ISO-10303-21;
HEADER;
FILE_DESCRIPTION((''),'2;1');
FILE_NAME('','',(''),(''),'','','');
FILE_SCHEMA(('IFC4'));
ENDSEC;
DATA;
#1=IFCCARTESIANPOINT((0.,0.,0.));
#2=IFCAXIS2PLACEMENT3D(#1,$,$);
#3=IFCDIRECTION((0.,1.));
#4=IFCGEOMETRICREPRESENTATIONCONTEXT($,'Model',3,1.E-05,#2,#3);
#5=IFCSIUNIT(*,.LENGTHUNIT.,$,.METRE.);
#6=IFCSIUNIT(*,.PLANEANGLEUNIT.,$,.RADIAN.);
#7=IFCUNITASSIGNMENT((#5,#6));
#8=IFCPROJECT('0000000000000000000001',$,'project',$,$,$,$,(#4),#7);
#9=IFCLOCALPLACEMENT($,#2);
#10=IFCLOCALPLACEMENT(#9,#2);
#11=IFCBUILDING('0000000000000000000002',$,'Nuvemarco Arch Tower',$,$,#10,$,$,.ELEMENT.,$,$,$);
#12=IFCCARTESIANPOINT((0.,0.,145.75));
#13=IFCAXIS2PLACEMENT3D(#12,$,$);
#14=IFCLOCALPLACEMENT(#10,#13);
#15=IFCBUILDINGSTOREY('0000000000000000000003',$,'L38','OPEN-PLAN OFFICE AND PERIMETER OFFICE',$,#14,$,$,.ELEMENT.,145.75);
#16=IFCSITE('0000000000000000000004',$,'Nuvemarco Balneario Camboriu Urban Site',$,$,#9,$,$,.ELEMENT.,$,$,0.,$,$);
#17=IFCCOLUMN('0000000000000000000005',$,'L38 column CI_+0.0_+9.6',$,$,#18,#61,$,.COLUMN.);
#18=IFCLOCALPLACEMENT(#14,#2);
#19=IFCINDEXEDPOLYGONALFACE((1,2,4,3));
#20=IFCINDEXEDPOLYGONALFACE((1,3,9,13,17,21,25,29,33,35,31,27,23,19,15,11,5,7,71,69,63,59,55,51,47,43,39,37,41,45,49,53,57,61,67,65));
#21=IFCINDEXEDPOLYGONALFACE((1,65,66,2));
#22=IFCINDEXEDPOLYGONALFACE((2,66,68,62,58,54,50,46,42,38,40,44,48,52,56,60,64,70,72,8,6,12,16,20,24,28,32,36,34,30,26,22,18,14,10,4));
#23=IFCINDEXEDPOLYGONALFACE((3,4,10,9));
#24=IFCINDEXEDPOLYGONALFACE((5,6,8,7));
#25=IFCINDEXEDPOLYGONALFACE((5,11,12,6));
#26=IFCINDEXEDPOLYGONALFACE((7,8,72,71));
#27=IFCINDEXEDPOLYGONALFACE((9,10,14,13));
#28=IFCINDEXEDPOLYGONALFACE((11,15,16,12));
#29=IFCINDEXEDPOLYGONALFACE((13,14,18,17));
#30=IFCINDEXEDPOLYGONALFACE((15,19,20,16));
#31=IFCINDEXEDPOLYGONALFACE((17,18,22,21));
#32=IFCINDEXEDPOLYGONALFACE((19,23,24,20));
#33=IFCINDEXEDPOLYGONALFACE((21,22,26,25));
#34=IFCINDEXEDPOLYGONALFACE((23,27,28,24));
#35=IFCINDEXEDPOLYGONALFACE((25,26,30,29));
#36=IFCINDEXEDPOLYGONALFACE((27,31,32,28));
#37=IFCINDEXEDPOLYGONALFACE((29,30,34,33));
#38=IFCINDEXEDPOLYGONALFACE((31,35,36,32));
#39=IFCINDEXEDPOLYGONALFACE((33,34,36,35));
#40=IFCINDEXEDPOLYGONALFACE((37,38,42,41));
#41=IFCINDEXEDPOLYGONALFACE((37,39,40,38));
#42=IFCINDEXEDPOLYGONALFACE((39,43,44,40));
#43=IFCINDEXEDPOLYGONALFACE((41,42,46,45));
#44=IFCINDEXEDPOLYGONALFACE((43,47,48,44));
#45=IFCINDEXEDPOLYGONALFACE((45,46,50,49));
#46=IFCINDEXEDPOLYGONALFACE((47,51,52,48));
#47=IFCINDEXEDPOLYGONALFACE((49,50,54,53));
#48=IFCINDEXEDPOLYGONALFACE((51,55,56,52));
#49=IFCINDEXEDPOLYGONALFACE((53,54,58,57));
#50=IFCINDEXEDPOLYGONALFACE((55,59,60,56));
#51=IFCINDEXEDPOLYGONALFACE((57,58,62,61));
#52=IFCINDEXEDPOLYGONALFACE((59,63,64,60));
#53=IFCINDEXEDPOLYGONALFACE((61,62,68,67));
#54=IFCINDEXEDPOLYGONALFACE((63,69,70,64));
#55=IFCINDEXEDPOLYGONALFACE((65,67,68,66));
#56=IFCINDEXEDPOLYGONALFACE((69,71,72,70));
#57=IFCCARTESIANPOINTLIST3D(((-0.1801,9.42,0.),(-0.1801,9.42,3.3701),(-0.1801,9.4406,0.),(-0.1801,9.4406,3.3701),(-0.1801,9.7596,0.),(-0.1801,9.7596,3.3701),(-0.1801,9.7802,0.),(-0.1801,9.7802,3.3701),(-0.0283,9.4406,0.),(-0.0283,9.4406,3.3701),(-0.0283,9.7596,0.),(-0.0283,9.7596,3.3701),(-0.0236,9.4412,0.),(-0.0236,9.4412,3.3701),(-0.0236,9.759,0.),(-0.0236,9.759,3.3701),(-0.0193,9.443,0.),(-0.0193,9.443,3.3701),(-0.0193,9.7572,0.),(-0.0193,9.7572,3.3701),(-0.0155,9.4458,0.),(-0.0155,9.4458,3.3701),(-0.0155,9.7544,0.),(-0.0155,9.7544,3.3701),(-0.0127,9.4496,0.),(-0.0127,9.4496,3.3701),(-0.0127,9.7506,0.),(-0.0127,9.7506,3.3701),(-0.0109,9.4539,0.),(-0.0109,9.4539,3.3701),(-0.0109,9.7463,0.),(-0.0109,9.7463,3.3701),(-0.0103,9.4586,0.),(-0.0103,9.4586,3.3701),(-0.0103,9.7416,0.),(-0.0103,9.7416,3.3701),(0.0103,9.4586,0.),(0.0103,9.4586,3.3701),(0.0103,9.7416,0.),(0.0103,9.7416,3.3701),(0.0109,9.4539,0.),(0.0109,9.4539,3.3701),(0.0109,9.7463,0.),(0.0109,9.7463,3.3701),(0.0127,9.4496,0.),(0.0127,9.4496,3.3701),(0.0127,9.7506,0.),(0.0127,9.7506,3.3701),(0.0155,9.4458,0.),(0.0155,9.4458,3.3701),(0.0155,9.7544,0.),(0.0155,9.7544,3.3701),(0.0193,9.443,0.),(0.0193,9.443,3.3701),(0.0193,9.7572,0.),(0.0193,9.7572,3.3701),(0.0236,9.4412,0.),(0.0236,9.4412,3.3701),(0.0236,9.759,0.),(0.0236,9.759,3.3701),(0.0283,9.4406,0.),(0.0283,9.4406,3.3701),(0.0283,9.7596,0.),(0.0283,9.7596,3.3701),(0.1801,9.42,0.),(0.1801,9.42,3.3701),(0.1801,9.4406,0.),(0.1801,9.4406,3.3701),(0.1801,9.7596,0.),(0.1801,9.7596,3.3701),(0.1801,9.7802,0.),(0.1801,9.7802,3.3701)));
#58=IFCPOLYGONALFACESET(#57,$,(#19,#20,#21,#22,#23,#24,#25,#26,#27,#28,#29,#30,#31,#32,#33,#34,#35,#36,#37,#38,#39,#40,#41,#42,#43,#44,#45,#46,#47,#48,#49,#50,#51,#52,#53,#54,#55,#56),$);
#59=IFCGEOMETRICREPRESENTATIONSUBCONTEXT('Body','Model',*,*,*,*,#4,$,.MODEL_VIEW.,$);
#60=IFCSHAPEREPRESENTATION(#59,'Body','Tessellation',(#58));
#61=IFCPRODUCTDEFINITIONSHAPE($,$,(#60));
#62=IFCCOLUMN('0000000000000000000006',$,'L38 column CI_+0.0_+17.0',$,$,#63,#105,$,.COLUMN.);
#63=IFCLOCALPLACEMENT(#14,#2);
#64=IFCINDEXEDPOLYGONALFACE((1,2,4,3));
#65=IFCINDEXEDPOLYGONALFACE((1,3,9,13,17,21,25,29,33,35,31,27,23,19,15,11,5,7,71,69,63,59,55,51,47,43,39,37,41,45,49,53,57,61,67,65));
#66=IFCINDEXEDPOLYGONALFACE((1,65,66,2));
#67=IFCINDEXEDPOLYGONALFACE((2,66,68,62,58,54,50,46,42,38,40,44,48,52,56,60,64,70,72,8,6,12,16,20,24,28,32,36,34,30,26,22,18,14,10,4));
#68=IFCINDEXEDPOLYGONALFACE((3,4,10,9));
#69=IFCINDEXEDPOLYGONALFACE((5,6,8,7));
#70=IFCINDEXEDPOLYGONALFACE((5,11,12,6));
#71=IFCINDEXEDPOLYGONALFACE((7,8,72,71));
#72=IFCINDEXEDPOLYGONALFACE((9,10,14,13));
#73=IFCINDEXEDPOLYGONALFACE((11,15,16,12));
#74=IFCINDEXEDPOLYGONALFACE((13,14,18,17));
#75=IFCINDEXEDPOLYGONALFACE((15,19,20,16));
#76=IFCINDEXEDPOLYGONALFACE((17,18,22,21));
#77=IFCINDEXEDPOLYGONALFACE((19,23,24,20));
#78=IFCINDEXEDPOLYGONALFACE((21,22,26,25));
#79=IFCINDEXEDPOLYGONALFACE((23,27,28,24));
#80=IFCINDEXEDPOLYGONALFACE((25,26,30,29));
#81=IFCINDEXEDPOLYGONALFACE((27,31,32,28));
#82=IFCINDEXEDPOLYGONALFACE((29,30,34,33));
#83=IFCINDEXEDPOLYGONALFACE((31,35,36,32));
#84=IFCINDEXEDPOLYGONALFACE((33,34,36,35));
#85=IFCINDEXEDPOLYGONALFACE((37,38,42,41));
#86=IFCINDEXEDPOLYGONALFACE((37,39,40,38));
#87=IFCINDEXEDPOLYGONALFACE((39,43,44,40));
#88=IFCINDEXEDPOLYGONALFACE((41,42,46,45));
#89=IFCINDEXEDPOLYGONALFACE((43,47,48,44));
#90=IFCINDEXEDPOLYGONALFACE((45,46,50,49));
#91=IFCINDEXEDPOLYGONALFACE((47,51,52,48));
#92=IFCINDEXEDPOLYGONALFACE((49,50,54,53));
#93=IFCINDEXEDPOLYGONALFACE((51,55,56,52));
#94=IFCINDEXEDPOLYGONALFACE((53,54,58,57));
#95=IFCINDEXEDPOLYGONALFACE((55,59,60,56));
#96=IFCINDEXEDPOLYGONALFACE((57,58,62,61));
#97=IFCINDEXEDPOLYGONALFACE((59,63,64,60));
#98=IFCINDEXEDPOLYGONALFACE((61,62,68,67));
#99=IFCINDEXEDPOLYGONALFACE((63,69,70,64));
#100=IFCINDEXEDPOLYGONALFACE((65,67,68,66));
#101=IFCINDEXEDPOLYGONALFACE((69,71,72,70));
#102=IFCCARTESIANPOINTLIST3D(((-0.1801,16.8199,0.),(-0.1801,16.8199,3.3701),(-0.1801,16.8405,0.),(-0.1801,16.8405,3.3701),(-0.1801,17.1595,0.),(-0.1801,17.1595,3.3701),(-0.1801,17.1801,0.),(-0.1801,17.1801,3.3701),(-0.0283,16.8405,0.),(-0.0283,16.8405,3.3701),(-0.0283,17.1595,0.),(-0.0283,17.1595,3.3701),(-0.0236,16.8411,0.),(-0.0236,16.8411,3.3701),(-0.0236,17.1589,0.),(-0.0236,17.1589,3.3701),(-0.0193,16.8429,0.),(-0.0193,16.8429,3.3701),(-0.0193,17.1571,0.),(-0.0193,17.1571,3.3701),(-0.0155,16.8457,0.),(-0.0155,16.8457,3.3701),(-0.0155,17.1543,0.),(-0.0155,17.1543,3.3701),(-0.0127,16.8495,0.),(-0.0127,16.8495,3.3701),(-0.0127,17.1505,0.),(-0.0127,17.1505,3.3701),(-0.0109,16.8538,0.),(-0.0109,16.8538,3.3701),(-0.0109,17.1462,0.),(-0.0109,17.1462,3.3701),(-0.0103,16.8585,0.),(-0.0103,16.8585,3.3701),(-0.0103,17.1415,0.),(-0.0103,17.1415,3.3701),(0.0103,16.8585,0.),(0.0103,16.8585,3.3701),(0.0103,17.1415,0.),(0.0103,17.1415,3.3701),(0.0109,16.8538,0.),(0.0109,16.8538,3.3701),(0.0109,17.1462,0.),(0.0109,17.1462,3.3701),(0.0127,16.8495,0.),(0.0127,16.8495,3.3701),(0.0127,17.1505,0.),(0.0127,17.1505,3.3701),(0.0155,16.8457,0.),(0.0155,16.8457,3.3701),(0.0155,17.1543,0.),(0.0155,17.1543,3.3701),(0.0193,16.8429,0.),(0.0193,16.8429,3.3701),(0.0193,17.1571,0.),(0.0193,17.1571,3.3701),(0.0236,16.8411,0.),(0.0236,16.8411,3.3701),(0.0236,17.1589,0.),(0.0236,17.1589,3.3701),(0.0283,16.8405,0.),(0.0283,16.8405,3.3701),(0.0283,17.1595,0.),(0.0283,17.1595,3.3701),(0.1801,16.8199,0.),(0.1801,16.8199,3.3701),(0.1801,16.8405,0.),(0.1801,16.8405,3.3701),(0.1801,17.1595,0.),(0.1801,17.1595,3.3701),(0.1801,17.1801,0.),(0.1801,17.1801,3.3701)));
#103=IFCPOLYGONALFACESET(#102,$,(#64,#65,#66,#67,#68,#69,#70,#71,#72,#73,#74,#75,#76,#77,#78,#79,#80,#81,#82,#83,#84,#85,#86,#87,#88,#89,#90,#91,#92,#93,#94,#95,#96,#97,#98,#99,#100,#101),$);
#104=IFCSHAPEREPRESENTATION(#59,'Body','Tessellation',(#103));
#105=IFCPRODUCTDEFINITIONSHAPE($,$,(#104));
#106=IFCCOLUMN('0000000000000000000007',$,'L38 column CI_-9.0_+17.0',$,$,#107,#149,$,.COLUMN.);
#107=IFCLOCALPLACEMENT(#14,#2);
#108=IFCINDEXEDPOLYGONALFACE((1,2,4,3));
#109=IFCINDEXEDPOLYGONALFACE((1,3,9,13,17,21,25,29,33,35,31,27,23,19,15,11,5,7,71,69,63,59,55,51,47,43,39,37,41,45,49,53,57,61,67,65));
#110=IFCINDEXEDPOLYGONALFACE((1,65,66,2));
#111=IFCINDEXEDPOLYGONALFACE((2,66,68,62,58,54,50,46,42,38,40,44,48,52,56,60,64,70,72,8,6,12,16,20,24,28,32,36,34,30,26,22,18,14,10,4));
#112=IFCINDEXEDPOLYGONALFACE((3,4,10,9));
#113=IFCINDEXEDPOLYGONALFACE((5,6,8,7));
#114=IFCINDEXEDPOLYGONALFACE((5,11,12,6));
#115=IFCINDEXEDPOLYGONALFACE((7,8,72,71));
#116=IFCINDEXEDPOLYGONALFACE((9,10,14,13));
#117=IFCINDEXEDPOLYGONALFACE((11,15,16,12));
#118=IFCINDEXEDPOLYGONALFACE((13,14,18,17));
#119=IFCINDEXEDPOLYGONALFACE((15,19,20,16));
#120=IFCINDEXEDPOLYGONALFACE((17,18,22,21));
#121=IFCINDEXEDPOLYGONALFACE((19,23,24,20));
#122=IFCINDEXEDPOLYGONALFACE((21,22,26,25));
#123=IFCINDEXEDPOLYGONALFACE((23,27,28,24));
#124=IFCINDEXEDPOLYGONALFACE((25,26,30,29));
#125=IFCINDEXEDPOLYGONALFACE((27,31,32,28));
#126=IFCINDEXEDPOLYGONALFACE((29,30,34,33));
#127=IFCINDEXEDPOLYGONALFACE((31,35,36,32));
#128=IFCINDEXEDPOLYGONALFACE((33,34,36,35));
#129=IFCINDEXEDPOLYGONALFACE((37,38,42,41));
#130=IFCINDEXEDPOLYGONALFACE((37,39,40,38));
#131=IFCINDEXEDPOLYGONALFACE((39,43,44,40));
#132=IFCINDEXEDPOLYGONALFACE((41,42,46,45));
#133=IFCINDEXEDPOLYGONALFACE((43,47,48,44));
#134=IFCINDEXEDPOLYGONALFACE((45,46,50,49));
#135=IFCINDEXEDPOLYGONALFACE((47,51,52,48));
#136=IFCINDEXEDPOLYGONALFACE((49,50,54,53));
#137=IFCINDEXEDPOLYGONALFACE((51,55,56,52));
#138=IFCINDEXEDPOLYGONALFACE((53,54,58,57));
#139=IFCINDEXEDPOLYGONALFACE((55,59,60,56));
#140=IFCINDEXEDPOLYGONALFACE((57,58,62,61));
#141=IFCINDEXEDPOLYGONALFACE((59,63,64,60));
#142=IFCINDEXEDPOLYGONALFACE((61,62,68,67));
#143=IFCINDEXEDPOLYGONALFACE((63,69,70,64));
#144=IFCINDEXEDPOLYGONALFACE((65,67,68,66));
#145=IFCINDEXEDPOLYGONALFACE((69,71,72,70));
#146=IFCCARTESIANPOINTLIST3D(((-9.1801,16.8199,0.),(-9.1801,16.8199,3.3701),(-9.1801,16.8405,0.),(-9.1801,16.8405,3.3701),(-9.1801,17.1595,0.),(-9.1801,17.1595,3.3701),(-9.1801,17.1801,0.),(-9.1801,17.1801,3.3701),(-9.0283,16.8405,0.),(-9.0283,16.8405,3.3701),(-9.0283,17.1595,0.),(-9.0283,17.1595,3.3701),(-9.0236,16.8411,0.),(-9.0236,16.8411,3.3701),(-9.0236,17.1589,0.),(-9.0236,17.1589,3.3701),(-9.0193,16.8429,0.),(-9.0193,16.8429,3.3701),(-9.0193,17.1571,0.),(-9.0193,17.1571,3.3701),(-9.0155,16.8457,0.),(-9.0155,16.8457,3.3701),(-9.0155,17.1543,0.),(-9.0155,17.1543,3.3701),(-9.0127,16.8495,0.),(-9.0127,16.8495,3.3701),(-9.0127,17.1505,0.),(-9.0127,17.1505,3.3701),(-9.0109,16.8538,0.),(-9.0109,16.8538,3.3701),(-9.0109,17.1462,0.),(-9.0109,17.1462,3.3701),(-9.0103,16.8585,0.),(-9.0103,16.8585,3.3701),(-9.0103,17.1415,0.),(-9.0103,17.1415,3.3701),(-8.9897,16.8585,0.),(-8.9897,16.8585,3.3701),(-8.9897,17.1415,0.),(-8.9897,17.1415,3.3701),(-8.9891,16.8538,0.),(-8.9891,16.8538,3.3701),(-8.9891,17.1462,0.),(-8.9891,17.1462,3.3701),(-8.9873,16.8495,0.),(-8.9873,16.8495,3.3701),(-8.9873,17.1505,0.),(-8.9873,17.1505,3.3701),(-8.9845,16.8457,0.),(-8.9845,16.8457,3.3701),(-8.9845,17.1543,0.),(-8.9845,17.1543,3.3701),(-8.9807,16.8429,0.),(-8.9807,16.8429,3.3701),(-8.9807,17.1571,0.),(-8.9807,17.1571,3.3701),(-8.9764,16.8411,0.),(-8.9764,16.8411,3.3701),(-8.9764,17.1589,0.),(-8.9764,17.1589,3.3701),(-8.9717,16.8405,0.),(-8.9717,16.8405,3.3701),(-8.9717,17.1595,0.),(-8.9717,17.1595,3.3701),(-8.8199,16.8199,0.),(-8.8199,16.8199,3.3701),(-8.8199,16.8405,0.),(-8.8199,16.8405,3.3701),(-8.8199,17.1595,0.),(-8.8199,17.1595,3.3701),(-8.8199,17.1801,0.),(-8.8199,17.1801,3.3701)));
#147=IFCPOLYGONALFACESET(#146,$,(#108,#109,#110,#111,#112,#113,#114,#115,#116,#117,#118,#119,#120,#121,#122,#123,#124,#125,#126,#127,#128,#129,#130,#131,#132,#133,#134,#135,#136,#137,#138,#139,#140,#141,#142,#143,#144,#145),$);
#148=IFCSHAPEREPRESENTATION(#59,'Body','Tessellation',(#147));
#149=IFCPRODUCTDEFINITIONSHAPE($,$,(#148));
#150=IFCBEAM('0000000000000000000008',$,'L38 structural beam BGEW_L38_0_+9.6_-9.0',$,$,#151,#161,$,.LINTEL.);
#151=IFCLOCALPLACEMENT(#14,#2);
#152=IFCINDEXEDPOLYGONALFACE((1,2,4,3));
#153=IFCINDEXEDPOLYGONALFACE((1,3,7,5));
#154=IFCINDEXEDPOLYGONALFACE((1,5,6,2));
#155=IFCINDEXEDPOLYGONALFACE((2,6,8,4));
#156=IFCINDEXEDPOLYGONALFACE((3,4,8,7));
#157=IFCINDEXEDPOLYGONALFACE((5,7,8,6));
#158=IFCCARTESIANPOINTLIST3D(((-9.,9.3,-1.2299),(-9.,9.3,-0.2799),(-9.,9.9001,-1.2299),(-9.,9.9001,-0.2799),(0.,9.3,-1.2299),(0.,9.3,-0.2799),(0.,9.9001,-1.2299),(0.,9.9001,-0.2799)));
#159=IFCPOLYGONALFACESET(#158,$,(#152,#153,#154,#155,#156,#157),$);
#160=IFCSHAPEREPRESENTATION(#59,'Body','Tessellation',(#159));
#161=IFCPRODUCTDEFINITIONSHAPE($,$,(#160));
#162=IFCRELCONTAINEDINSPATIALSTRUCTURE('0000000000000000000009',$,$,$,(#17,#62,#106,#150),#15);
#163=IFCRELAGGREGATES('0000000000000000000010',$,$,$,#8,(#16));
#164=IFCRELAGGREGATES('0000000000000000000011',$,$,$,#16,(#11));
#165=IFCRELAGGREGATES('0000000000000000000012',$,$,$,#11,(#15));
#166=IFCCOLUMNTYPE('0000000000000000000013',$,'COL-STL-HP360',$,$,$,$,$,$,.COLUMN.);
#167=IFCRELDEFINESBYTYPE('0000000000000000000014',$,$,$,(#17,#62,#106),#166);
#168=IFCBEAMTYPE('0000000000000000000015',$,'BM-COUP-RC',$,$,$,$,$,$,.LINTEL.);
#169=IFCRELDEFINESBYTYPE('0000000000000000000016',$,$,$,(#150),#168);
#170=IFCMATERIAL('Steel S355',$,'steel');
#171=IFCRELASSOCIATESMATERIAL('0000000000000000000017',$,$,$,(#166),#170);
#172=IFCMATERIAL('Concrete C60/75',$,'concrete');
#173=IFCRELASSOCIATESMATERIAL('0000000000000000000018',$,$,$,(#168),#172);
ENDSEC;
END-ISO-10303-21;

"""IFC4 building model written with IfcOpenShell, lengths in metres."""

from ifc_helpers import new_model, si_unit, direction, frame, origin, origin_2d, place, context, subcontext, project, spatial, rectangle, i_section, extrude, material, material_profile, profile_set, type_object, element, save


model = new_model("IFC4")

# Units and contexts
model_context = context("Model", 3, precision=1e-05, world=origin(), true_north=direction((0.0, 1.0)))
body_context = subcontext(model_context, "Body", "Model", "MODEL_VIEW")
ifc_project = project(units=[si_unit("LENGTHUNIT", "METRE"), si_unit("PLANEANGLEUNIT", "RADIAN")], contexts=[model_context])

# Site, building, storey
site_placement = place(None, origin())
site = spatial("IfcSite", under=ifc_project, at=site_placement, Name="Nuvemarco Balneario Camboriu Urban Site", CompositionType="ELEMENT", RefElevation=0.0)
building_placement = place(site_placement, origin())
building = spatial("IfcBuilding", under=site, at=building_placement, Name="Nuvemarco Arch Tower", CompositionType="ELEMENT")
storey_placement = place(building_placement, frame((0.0, 0.0, 145.75)))
storey = spatial("IfcBuildingStorey", under=building, at=storey_placement, Name="L38", Description="OPEN-PLAN OFFICE AND PERIMETER OFFICE", CompositionType="ELEMENT", Elevation=145.75)

# Columns
ifc_material_1 = material(Name="Steel S355", Category="steel")
ifc_material_profile_1 = material_profile(ifc_material_1, i_section(OverallWidth=0.3601, OverallDepth=0.3601, WebThickness=0.0205, FlangeThickness=0.0205, FilletRadius=0.0181, at=origin_2d()), Name="HP360x174")
ifc_profile_set_1 = profile_set([ifc_material_profile_1], Name="Steel S355")
column_type_1 = type_object("IfcColumnType", Name="COL-STL-HP360", PredefinedType="COLUMN", material=ifc_profile_set_1)
for number, where, z_axis, x_axis, name in (
    (1, (0.0, 9.6001, 0.0), (0.0, 0.0, 1.0), (1.0, 0.0, 0.0), "L38 column CI_+0.0_+9.6"),
    (2, (0.0, 17.0, 0.0), (0.0, 0.0, 1.0), (1.0, 0.0, 0.0), "L38 column CI_+0.0_+17.0"),
    (3, (-9.0, 17.0, 0.0), (0.0, 0.0, 1.0), (1.0, 0.0, 0.0), "L38 column CI_-9.0_+17.0"),
):
    element("IfcColumn", number, at=place(storey_placement, frame(where, z_axis=z_axis, x_axis=x_axis)), inside=storey, type_object=column_type_1, Name=name, PredefinedType="COLUMN", context=body_context, shape_type="SweptSolid", body=[
        extrude(i_section(OverallWidth=0.3601, OverallDepth=0.3601, WebThickness=0.0205, FlangeThickness=0.0205, FilletRadius=0.0181, at=origin_2d()), origin(), (0.0, 0.0, 1.0), 3.3701),
    ])

# Beam
ifc_material_2 = material(Name="Concrete C60/75", Category="concrete")
ifc_material_profile_2 = material_profile(ifc_material_2, rectangle(XDim=0.6001, YDim=0.95, at=origin_2d()), Name="RC-BM-600x950")
ifc_profile_set_2 = profile_set([ifc_material_profile_2], Name="Concrete C60/75")
beam_type_1 = type_object("IfcBeamType", Name="BM-COUP-RC", PredefinedType="LINTEL", material=ifc_profile_set_2)
beam_1_placement = place(storey_placement, frame((-9.0, 9.6001, -0.7549), z_axis=(1.0, 0.0, 0.0), x_axis=(0.0, 1.0, 0.0)))
element("IfcBeam", 4, at=beam_1_placement, inside=storey, type_object=beam_type_1, Name="L38 structural beam BGEW_L38_0_+9.6_-9.0", PredefinedType="LINTEL", context=body_context, shape_type="SweptSolid", body=[
    extrude(rectangle(XDim=0.6001, YDim=0.95, at=origin_2d()), origin(), (0.0, 0.0, 1.0), 9.0),
])

save(model, "model.ifc")
